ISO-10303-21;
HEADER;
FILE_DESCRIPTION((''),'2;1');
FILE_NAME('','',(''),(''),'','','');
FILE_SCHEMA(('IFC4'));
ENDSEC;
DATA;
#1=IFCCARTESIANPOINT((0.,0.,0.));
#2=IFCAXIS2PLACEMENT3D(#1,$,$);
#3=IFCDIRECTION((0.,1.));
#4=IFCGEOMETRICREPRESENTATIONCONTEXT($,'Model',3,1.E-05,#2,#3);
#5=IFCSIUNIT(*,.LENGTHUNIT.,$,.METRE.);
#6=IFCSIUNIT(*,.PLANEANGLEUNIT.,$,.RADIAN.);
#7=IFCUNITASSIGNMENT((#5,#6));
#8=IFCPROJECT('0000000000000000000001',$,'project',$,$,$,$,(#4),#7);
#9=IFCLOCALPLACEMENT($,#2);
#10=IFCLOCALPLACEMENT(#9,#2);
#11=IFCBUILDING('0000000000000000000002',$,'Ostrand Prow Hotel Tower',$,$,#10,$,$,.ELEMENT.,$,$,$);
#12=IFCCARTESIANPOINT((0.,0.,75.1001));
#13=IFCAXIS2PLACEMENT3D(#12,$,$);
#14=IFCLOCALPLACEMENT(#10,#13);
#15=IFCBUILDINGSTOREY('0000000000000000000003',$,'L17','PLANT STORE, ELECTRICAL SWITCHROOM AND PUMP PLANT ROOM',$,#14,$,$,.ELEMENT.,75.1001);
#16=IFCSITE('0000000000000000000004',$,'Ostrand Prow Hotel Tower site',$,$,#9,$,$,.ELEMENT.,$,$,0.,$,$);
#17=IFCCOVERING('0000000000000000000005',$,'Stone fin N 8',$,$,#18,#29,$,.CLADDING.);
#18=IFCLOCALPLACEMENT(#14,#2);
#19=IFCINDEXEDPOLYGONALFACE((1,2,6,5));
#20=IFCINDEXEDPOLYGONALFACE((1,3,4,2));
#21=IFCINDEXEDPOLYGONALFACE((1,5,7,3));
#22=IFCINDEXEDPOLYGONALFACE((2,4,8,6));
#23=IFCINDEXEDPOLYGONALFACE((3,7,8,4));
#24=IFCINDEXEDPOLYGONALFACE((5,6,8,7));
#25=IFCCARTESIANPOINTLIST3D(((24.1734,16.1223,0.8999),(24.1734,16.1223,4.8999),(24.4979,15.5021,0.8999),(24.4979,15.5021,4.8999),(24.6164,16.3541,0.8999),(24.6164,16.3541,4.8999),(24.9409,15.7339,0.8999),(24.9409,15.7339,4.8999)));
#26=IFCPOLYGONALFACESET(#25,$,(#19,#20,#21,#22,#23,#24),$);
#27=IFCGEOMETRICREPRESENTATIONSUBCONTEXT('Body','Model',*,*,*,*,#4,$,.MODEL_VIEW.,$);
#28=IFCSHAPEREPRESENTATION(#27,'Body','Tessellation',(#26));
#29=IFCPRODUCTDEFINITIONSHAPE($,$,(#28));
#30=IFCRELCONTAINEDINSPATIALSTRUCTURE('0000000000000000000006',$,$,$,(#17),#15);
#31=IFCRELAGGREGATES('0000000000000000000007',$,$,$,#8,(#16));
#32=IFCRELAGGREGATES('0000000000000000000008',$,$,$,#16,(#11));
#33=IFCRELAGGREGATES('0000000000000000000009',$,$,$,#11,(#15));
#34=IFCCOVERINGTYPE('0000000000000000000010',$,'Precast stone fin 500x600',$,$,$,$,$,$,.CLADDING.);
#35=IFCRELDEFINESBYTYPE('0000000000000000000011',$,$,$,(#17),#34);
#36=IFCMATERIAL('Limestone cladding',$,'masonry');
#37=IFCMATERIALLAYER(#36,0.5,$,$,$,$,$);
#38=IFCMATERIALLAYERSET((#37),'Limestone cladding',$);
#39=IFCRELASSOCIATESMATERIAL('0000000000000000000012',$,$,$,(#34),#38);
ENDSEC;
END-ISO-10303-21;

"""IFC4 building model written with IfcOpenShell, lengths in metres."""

from ifc_helpers import new_model, si_unit, direction, frame, frame_2d, origin, place, context, subcontext, project, spatial, rectangle, extrude, material, layer, layer_set, type_object, element, save


model = new_model("IFC4")

# Units and contexts
model_context = context("Model", 3, precision=1e-05, world=origin(), true_north=direction((0.0, 1.0)))
body_context = subcontext(model_context, "Body", "Model", "MODEL_VIEW")
ifc_project = project(units=[si_unit("LENGTHUNIT", "METRE"), si_unit("PLANEANGLEUNIT", "RADIAN")], contexts=[model_context])

# Site, building, storey
site_placement = place(None, origin())
site = spatial("IfcSite", under=ifc_project, at=site_placement, Name="Ostrand Prow Hotel Tower site", CompositionType="ELEMENT", RefElevation=0.0)
building_placement = place(site_placement, origin())
building = spatial("IfcBuilding", under=site, at=building_placement, Name="Ostrand Prow Hotel Tower", CompositionType="ELEMENT")
storey_placement = place(building_placement, frame((0.0, 0.0, 75.1001)))
storey = spatial("IfcBuildingStorey", under=building, at=storey_placement, Name="L17", Description="PLANT STORE, ELECTRICAL SWITCHROOM AND PUMP PLANT ROOM", CompositionType="ELEMENT", Elevation=75.1001)

# Covering
ifc_material_1 = material(Name="Limestone cladding", Category="masonry")
ifc_layer_1 = layer(ifc_material_1, 0.5)
ifc_layer_set_1 = layer_set([ifc_layer_1], Name="Limestone cladding")
covering_type = type_object("IfcCoveringType", Name="Precast stone fin 500x600", PredefinedType="CLADDING", material=ifc_layer_set_1)
covering_1_placement = place(storey_placement, frame((24.7195, 15.6179, 0.8999), z_axis=(0.0, 0.0, 1.0), x_axis=(-0.463603, 0.886043, 0.0)))
element("IfcCovering", 1, at=covering_1_placement, inside=storey, type_object=covering_type, Name="Stone fin N 8", PredefinedType="CLADDING", context=body_context, shape_type="SweptSolid", body=[
    extrude(rectangle(XDim=0.7, YDim=0.5, at=frame_2d((0.3501, 0.0))), origin(), (0.0, 0.0, 1.0), 4.0),
])

save(model, "model.ifc")
